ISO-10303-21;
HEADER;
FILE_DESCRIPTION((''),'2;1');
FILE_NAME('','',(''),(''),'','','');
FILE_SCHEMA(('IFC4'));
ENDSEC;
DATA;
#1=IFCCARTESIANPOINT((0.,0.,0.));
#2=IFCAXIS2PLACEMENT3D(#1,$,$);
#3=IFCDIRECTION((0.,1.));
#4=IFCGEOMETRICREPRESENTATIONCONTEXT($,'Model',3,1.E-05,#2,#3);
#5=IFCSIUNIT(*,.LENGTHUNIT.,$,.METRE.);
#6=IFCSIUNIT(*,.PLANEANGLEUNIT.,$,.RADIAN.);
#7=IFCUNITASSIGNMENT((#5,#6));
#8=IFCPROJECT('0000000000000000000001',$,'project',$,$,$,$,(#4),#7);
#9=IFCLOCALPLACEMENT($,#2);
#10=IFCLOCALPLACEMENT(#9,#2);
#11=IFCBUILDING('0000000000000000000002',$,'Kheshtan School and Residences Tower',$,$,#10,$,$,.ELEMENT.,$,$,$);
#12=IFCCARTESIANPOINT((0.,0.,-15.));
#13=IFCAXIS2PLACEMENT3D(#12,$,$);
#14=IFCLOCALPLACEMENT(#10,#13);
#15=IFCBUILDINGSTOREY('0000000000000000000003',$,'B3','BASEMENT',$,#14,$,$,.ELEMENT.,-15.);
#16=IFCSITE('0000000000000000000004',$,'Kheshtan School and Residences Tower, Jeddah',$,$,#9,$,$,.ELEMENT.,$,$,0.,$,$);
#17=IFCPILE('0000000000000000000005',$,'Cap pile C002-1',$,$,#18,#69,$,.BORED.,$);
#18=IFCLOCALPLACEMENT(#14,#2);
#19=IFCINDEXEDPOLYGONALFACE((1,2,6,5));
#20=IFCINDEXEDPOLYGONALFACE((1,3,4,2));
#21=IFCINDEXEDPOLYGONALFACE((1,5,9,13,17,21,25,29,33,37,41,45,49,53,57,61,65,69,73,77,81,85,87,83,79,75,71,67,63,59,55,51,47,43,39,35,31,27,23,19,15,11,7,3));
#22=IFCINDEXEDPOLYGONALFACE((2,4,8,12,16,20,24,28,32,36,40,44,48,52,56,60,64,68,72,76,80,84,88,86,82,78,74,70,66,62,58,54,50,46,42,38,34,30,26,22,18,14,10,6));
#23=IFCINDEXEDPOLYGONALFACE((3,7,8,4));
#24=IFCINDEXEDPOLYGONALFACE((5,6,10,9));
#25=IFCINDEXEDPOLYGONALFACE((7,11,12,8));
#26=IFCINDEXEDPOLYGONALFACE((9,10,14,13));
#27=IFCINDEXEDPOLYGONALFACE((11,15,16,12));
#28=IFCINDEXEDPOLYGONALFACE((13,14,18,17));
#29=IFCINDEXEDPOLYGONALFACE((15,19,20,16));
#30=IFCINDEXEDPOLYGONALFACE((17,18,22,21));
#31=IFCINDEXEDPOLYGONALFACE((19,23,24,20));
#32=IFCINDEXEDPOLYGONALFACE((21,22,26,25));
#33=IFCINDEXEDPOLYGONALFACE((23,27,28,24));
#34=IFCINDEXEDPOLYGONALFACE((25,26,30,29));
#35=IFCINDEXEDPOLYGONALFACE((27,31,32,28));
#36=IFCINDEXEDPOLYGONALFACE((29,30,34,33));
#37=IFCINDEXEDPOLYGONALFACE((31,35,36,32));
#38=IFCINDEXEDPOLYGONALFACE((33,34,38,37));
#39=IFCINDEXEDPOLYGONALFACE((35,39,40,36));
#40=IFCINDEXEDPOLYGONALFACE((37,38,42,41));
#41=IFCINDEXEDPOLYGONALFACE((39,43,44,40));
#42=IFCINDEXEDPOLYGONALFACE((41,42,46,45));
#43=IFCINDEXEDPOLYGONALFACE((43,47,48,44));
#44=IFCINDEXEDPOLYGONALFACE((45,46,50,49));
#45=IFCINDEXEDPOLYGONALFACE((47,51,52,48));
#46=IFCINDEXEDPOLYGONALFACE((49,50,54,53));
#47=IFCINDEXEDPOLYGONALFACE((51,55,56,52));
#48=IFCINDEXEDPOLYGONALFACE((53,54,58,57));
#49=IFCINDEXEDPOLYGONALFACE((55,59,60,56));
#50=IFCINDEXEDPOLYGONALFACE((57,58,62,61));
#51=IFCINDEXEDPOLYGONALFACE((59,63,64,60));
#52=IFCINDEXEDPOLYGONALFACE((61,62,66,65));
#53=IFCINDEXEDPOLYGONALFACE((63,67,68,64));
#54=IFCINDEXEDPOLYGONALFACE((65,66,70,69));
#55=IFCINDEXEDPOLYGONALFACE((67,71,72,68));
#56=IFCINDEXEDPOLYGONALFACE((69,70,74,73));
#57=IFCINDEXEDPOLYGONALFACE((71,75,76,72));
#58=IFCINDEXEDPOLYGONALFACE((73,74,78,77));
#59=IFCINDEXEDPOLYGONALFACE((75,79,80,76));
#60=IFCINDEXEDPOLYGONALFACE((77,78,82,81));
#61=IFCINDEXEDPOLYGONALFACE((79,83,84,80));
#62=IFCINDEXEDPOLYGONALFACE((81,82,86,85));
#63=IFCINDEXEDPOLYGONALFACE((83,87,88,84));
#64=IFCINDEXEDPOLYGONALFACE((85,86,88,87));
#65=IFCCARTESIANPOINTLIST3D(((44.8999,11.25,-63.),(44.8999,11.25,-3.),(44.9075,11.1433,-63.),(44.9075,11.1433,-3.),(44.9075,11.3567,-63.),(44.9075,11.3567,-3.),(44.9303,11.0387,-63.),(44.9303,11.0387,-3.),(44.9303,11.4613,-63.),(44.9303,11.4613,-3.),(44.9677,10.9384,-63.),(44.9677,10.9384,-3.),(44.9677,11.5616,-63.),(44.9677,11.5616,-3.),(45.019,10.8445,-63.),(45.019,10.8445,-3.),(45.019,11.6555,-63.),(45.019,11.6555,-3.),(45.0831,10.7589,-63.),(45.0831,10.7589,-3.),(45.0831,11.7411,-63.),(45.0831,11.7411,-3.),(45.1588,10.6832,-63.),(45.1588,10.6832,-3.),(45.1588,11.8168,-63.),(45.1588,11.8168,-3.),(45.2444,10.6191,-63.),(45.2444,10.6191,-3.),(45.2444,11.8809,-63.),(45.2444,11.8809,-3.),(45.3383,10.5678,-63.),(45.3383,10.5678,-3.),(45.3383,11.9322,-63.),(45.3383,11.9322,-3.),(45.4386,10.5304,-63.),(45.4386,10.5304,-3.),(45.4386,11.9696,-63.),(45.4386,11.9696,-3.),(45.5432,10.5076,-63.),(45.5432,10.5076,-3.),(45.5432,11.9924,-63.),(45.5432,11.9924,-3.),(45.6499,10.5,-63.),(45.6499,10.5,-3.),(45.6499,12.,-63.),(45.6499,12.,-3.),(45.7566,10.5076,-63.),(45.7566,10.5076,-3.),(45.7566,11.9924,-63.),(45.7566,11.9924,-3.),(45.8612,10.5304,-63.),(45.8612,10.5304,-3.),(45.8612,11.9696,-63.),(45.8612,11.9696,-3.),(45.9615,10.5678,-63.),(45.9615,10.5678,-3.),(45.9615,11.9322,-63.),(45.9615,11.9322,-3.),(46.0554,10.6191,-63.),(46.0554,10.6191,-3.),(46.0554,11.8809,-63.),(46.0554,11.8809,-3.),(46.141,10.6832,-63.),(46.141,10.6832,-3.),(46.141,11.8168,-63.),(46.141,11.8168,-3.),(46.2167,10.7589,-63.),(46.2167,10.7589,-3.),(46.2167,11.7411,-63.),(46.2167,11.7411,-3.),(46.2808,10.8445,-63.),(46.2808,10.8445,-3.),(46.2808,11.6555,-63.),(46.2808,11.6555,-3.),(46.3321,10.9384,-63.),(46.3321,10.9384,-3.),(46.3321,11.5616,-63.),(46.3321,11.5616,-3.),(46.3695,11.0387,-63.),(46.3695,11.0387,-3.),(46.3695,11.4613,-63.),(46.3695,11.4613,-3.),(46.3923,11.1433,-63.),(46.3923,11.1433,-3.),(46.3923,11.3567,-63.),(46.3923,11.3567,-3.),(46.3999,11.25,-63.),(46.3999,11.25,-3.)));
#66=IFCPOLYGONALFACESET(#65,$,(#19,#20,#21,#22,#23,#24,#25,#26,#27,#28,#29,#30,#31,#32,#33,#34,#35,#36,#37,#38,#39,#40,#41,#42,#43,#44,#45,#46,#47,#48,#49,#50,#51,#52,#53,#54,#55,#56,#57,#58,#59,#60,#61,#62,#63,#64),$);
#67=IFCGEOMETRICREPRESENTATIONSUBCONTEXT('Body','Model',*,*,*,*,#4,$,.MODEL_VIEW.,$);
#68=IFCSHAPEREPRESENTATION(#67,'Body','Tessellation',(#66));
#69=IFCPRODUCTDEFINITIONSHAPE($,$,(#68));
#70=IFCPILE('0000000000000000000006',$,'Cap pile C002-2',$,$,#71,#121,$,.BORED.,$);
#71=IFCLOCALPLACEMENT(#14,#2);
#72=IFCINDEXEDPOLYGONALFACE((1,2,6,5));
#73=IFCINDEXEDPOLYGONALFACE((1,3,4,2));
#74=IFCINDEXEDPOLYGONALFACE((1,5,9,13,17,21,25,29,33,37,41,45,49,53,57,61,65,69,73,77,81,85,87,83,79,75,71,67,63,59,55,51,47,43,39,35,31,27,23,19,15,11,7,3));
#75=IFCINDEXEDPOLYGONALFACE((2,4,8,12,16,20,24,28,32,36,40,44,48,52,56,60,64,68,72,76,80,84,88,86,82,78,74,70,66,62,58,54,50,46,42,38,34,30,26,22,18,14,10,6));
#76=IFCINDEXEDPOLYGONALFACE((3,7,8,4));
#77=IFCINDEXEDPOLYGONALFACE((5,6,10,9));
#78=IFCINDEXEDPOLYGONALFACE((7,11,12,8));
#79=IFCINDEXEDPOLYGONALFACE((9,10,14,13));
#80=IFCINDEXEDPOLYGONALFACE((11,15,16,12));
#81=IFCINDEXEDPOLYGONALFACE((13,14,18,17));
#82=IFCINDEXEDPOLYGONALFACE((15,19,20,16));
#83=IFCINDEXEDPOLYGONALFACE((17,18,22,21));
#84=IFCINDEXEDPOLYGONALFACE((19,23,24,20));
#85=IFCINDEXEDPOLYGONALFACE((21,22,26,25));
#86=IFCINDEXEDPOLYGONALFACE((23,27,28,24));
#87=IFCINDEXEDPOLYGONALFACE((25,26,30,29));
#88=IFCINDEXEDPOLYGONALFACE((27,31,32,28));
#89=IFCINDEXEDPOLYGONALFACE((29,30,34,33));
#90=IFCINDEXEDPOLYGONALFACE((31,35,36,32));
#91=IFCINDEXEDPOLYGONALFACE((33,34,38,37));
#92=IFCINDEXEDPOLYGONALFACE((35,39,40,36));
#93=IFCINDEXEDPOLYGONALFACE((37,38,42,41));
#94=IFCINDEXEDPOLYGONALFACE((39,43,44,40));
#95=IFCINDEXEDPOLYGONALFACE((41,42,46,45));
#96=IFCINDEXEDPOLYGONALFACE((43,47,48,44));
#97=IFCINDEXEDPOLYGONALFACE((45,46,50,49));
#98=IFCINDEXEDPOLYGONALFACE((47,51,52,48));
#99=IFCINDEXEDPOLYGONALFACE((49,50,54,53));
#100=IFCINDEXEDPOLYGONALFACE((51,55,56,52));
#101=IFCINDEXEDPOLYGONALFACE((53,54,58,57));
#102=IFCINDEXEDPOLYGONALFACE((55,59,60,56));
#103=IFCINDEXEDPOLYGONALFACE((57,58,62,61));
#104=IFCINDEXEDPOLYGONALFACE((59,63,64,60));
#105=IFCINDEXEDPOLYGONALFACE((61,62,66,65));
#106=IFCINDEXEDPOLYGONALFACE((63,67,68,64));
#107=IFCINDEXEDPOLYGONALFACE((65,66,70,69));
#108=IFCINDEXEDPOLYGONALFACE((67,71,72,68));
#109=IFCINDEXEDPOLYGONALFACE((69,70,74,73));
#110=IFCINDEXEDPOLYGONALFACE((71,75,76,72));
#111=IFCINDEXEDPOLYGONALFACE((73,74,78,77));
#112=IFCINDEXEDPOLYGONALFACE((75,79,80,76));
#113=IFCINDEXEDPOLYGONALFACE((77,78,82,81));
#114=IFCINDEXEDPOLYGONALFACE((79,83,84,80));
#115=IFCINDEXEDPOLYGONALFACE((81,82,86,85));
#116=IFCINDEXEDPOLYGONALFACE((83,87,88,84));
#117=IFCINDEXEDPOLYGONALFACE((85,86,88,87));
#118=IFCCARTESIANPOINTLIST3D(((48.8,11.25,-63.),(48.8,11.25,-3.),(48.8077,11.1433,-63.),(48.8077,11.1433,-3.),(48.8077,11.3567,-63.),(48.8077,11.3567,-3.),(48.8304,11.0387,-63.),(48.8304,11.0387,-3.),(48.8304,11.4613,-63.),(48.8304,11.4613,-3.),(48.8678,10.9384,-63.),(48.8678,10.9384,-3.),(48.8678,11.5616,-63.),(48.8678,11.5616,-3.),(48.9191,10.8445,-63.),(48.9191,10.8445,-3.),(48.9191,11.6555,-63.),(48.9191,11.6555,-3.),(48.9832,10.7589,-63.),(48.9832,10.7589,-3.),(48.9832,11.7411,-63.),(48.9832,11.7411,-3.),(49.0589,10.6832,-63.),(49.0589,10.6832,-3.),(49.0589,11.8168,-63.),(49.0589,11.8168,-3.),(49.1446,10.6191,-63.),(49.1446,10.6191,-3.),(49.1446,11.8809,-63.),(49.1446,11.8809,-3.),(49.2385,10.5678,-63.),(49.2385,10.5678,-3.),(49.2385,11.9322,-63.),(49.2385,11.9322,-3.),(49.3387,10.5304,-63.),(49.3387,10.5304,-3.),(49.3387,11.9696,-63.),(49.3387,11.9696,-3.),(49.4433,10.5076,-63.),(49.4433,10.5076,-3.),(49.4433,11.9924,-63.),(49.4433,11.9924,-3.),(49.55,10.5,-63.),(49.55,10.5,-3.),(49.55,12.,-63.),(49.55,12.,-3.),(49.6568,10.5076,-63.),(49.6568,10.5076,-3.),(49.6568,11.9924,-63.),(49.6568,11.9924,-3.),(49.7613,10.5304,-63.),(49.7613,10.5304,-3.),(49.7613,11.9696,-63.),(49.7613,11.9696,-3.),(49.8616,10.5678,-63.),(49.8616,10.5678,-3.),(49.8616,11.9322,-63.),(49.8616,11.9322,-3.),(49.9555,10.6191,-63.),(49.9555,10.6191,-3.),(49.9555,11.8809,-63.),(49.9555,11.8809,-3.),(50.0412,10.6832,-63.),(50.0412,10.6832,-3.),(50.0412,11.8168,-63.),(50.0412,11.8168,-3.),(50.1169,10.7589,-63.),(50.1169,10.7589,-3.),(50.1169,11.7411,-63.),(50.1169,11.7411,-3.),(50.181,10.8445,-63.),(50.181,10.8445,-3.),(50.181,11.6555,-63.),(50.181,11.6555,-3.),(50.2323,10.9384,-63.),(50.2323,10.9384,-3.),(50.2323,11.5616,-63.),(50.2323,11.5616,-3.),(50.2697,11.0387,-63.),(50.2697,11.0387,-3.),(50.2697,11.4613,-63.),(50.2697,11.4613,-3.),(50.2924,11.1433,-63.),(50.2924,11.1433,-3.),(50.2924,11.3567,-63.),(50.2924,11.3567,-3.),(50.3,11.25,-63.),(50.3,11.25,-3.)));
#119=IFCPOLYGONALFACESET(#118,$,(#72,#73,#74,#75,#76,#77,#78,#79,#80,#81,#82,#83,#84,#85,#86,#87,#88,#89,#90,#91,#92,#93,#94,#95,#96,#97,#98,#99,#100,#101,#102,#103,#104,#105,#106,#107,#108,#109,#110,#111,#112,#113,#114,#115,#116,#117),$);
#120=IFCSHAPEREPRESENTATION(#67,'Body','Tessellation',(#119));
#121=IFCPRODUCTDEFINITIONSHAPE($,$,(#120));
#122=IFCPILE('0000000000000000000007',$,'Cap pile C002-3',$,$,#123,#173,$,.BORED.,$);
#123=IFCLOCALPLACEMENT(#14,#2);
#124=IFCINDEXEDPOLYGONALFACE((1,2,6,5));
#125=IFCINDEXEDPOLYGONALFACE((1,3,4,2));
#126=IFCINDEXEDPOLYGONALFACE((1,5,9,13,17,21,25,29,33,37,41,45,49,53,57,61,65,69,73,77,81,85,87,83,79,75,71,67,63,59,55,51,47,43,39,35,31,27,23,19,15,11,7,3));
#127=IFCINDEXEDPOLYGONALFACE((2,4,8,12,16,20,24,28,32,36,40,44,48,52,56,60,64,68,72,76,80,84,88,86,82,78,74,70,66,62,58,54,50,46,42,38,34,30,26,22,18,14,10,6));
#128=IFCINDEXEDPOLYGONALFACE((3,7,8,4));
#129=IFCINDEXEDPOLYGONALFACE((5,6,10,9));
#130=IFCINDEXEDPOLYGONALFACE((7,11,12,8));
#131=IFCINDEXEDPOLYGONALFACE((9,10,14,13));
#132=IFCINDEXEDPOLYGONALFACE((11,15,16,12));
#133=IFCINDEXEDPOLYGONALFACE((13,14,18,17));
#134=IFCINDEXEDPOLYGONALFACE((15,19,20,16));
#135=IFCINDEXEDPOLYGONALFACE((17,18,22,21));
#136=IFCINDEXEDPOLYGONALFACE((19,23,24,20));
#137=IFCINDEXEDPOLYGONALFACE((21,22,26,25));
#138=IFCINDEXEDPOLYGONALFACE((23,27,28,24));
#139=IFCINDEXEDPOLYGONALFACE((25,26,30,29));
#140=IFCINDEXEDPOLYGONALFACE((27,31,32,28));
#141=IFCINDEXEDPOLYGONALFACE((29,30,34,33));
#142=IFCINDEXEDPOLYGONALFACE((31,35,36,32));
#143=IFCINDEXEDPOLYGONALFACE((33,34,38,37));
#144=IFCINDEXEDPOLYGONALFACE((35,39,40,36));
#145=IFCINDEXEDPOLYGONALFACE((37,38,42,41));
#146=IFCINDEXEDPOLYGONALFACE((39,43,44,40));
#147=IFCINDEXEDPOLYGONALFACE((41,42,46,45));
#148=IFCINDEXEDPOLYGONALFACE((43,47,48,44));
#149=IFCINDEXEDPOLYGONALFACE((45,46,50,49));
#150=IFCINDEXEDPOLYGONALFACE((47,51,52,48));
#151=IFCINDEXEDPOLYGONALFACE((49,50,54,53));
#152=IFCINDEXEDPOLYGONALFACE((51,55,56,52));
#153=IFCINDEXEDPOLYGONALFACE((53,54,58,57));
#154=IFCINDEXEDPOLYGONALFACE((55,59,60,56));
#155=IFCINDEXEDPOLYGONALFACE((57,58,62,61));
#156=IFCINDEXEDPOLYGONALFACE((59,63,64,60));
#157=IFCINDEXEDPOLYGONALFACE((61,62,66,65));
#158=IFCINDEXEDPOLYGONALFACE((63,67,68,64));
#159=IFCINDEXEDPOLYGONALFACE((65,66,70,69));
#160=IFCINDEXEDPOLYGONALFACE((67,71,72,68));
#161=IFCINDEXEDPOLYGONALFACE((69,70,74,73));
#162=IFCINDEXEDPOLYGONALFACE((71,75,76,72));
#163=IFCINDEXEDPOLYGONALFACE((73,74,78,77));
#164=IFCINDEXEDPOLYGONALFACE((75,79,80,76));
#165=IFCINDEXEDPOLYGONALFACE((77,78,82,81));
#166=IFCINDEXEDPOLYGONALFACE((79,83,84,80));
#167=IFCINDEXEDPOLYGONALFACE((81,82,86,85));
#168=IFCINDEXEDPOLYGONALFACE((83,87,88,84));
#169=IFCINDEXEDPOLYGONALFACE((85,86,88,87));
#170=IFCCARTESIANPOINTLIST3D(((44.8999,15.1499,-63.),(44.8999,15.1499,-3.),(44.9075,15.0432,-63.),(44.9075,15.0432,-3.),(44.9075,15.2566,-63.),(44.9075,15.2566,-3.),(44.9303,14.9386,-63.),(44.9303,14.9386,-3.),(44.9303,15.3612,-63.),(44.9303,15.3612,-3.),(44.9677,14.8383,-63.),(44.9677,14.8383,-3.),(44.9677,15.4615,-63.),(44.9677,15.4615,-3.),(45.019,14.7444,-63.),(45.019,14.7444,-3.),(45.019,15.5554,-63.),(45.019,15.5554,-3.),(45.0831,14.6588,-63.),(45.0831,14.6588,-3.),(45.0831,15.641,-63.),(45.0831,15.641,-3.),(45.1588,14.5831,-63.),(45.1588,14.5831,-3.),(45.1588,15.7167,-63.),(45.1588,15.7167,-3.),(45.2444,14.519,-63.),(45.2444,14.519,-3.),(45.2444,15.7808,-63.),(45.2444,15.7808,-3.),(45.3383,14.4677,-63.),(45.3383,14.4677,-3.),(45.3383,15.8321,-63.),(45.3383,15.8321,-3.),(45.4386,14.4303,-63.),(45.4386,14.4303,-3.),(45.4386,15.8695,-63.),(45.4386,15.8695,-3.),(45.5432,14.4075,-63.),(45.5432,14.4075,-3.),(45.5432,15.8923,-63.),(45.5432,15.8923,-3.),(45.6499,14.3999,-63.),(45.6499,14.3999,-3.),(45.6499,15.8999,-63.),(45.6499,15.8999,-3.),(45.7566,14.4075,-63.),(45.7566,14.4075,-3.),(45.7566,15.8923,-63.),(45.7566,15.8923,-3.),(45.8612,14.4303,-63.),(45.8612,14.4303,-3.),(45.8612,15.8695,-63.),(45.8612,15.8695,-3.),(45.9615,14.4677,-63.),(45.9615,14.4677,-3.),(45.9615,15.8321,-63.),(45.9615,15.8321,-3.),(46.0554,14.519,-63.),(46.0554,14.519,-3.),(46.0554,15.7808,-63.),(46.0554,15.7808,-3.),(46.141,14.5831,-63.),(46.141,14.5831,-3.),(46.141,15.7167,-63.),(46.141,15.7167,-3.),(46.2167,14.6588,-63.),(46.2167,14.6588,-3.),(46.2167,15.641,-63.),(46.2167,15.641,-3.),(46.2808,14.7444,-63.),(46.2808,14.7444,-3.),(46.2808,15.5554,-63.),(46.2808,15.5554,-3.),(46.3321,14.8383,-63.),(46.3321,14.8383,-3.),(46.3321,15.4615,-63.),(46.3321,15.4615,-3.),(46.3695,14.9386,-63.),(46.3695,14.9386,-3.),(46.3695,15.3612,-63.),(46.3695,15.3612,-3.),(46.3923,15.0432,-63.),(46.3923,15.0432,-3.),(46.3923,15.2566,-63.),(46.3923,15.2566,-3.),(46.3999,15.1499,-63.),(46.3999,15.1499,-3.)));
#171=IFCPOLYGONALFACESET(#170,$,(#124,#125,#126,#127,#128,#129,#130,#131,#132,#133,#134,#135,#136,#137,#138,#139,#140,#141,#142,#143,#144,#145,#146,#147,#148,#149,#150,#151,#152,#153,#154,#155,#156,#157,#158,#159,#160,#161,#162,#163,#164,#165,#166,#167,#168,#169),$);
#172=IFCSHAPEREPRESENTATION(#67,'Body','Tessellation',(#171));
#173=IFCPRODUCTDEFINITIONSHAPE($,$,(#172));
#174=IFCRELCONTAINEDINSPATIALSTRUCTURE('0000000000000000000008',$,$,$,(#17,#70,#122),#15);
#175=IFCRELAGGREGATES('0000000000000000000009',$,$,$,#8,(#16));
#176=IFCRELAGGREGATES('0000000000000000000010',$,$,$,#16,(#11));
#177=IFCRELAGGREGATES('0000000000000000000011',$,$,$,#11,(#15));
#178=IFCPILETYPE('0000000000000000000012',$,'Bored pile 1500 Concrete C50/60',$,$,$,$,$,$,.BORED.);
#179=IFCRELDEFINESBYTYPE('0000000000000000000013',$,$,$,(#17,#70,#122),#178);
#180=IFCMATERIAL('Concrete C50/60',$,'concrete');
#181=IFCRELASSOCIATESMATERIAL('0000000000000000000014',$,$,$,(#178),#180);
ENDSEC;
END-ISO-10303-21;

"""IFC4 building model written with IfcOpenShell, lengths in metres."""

from ifc_helpers import new_model, si_unit, direction, frame, origin, origin_2d, place, context, subcontext, project, spatial, circle, extrude, material, material_profile, profile_set, type_object, element, save


model = new_model("IFC4")

# Units and contexts
model_context = context("Model", 3, precision=1e-05, world=origin(), true_north=direction((0.0, 1.0)))
body_context = subcontext(model_context, "Body", "Model", "MODEL_VIEW")
ifc_project = project(units=[si_unit("LENGTHUNIT", "METRE"), si_unit("PLANEANGLEUNIT", "RADIAN")], contexts=[model_context])

# Site, building, storey
site_placement = place(None, origin())
site = spatial("IfcSite", under=ifc_project, at=site_placement, Name="Kheshtan School and Residences Tower, Jeddah", CompositionType="ELEMENT", RefElevation=0.0)
building_placement = place(site_placement, origin())
building = spatial("IfcBuilding", under=site, at=building_placement, Name="Kheshtan School and Residences Tower", CompositionType="ELEMENT")
storey_placement = place(building_placement, frame((0.0, 0.0, -15.0)))
storey = spatial("IfcBuildingStorey", under=building, at=storey_placement, Name="B3", Description="BASEMENT", CompositionType="ELEMENT", Elevation=-15.0)

# Piles
ifc_material_1 = material(Name="Concrete C50/60", Category="concrete")
ifc_material_profile_1 = material_profile(ifc_material_1, circle(Radius=0.75, at=origin_2d()), Name="BP 1500")
ifc_profile_set_1 = profile_set([ifc_material_profile_1], Name="Concrete C50/60")
pile_type_1 = type_object("IfcPileType", Name="Bored pile 1500 Concrete C50/60", PredefinedType="BORED", material=ifc_profile_set_1)
for number, where, z_axis, x_axis, name in (
    (1, (45.6499, 11.25, -3.0), (0.0, 0.0, -1.0), (1.0, 0.0, 0.0), "Cap pile C002-1"),
    (2, (49.55, 11.25, -3.0), (0.0, 0.0, -1.0), (1.0, 0.0, 0.0), "Cap pile C002-2"),
    (3, (45.6499, 15.1499, -3.0), (0.0, 0.0, -1.0), (1.0, 0.0, 0.0), "Cap pile C002-3"),
):
    element("IfcPile", number, at=place(storey_placement, frame(where, z_axis=z_axis, x_axis=x_axis)), inside=storey, type_object=pile_type_1, Name=name, PredefinedType="BORED", context=body_context, shape_type="SweptSolid", body=[
        extrude(circle(Radius=0.75, at=origin_2d()), origin(), (0.0, 0.0, 1.0), 60.0),
    ])

save(model, "model.ifc")
